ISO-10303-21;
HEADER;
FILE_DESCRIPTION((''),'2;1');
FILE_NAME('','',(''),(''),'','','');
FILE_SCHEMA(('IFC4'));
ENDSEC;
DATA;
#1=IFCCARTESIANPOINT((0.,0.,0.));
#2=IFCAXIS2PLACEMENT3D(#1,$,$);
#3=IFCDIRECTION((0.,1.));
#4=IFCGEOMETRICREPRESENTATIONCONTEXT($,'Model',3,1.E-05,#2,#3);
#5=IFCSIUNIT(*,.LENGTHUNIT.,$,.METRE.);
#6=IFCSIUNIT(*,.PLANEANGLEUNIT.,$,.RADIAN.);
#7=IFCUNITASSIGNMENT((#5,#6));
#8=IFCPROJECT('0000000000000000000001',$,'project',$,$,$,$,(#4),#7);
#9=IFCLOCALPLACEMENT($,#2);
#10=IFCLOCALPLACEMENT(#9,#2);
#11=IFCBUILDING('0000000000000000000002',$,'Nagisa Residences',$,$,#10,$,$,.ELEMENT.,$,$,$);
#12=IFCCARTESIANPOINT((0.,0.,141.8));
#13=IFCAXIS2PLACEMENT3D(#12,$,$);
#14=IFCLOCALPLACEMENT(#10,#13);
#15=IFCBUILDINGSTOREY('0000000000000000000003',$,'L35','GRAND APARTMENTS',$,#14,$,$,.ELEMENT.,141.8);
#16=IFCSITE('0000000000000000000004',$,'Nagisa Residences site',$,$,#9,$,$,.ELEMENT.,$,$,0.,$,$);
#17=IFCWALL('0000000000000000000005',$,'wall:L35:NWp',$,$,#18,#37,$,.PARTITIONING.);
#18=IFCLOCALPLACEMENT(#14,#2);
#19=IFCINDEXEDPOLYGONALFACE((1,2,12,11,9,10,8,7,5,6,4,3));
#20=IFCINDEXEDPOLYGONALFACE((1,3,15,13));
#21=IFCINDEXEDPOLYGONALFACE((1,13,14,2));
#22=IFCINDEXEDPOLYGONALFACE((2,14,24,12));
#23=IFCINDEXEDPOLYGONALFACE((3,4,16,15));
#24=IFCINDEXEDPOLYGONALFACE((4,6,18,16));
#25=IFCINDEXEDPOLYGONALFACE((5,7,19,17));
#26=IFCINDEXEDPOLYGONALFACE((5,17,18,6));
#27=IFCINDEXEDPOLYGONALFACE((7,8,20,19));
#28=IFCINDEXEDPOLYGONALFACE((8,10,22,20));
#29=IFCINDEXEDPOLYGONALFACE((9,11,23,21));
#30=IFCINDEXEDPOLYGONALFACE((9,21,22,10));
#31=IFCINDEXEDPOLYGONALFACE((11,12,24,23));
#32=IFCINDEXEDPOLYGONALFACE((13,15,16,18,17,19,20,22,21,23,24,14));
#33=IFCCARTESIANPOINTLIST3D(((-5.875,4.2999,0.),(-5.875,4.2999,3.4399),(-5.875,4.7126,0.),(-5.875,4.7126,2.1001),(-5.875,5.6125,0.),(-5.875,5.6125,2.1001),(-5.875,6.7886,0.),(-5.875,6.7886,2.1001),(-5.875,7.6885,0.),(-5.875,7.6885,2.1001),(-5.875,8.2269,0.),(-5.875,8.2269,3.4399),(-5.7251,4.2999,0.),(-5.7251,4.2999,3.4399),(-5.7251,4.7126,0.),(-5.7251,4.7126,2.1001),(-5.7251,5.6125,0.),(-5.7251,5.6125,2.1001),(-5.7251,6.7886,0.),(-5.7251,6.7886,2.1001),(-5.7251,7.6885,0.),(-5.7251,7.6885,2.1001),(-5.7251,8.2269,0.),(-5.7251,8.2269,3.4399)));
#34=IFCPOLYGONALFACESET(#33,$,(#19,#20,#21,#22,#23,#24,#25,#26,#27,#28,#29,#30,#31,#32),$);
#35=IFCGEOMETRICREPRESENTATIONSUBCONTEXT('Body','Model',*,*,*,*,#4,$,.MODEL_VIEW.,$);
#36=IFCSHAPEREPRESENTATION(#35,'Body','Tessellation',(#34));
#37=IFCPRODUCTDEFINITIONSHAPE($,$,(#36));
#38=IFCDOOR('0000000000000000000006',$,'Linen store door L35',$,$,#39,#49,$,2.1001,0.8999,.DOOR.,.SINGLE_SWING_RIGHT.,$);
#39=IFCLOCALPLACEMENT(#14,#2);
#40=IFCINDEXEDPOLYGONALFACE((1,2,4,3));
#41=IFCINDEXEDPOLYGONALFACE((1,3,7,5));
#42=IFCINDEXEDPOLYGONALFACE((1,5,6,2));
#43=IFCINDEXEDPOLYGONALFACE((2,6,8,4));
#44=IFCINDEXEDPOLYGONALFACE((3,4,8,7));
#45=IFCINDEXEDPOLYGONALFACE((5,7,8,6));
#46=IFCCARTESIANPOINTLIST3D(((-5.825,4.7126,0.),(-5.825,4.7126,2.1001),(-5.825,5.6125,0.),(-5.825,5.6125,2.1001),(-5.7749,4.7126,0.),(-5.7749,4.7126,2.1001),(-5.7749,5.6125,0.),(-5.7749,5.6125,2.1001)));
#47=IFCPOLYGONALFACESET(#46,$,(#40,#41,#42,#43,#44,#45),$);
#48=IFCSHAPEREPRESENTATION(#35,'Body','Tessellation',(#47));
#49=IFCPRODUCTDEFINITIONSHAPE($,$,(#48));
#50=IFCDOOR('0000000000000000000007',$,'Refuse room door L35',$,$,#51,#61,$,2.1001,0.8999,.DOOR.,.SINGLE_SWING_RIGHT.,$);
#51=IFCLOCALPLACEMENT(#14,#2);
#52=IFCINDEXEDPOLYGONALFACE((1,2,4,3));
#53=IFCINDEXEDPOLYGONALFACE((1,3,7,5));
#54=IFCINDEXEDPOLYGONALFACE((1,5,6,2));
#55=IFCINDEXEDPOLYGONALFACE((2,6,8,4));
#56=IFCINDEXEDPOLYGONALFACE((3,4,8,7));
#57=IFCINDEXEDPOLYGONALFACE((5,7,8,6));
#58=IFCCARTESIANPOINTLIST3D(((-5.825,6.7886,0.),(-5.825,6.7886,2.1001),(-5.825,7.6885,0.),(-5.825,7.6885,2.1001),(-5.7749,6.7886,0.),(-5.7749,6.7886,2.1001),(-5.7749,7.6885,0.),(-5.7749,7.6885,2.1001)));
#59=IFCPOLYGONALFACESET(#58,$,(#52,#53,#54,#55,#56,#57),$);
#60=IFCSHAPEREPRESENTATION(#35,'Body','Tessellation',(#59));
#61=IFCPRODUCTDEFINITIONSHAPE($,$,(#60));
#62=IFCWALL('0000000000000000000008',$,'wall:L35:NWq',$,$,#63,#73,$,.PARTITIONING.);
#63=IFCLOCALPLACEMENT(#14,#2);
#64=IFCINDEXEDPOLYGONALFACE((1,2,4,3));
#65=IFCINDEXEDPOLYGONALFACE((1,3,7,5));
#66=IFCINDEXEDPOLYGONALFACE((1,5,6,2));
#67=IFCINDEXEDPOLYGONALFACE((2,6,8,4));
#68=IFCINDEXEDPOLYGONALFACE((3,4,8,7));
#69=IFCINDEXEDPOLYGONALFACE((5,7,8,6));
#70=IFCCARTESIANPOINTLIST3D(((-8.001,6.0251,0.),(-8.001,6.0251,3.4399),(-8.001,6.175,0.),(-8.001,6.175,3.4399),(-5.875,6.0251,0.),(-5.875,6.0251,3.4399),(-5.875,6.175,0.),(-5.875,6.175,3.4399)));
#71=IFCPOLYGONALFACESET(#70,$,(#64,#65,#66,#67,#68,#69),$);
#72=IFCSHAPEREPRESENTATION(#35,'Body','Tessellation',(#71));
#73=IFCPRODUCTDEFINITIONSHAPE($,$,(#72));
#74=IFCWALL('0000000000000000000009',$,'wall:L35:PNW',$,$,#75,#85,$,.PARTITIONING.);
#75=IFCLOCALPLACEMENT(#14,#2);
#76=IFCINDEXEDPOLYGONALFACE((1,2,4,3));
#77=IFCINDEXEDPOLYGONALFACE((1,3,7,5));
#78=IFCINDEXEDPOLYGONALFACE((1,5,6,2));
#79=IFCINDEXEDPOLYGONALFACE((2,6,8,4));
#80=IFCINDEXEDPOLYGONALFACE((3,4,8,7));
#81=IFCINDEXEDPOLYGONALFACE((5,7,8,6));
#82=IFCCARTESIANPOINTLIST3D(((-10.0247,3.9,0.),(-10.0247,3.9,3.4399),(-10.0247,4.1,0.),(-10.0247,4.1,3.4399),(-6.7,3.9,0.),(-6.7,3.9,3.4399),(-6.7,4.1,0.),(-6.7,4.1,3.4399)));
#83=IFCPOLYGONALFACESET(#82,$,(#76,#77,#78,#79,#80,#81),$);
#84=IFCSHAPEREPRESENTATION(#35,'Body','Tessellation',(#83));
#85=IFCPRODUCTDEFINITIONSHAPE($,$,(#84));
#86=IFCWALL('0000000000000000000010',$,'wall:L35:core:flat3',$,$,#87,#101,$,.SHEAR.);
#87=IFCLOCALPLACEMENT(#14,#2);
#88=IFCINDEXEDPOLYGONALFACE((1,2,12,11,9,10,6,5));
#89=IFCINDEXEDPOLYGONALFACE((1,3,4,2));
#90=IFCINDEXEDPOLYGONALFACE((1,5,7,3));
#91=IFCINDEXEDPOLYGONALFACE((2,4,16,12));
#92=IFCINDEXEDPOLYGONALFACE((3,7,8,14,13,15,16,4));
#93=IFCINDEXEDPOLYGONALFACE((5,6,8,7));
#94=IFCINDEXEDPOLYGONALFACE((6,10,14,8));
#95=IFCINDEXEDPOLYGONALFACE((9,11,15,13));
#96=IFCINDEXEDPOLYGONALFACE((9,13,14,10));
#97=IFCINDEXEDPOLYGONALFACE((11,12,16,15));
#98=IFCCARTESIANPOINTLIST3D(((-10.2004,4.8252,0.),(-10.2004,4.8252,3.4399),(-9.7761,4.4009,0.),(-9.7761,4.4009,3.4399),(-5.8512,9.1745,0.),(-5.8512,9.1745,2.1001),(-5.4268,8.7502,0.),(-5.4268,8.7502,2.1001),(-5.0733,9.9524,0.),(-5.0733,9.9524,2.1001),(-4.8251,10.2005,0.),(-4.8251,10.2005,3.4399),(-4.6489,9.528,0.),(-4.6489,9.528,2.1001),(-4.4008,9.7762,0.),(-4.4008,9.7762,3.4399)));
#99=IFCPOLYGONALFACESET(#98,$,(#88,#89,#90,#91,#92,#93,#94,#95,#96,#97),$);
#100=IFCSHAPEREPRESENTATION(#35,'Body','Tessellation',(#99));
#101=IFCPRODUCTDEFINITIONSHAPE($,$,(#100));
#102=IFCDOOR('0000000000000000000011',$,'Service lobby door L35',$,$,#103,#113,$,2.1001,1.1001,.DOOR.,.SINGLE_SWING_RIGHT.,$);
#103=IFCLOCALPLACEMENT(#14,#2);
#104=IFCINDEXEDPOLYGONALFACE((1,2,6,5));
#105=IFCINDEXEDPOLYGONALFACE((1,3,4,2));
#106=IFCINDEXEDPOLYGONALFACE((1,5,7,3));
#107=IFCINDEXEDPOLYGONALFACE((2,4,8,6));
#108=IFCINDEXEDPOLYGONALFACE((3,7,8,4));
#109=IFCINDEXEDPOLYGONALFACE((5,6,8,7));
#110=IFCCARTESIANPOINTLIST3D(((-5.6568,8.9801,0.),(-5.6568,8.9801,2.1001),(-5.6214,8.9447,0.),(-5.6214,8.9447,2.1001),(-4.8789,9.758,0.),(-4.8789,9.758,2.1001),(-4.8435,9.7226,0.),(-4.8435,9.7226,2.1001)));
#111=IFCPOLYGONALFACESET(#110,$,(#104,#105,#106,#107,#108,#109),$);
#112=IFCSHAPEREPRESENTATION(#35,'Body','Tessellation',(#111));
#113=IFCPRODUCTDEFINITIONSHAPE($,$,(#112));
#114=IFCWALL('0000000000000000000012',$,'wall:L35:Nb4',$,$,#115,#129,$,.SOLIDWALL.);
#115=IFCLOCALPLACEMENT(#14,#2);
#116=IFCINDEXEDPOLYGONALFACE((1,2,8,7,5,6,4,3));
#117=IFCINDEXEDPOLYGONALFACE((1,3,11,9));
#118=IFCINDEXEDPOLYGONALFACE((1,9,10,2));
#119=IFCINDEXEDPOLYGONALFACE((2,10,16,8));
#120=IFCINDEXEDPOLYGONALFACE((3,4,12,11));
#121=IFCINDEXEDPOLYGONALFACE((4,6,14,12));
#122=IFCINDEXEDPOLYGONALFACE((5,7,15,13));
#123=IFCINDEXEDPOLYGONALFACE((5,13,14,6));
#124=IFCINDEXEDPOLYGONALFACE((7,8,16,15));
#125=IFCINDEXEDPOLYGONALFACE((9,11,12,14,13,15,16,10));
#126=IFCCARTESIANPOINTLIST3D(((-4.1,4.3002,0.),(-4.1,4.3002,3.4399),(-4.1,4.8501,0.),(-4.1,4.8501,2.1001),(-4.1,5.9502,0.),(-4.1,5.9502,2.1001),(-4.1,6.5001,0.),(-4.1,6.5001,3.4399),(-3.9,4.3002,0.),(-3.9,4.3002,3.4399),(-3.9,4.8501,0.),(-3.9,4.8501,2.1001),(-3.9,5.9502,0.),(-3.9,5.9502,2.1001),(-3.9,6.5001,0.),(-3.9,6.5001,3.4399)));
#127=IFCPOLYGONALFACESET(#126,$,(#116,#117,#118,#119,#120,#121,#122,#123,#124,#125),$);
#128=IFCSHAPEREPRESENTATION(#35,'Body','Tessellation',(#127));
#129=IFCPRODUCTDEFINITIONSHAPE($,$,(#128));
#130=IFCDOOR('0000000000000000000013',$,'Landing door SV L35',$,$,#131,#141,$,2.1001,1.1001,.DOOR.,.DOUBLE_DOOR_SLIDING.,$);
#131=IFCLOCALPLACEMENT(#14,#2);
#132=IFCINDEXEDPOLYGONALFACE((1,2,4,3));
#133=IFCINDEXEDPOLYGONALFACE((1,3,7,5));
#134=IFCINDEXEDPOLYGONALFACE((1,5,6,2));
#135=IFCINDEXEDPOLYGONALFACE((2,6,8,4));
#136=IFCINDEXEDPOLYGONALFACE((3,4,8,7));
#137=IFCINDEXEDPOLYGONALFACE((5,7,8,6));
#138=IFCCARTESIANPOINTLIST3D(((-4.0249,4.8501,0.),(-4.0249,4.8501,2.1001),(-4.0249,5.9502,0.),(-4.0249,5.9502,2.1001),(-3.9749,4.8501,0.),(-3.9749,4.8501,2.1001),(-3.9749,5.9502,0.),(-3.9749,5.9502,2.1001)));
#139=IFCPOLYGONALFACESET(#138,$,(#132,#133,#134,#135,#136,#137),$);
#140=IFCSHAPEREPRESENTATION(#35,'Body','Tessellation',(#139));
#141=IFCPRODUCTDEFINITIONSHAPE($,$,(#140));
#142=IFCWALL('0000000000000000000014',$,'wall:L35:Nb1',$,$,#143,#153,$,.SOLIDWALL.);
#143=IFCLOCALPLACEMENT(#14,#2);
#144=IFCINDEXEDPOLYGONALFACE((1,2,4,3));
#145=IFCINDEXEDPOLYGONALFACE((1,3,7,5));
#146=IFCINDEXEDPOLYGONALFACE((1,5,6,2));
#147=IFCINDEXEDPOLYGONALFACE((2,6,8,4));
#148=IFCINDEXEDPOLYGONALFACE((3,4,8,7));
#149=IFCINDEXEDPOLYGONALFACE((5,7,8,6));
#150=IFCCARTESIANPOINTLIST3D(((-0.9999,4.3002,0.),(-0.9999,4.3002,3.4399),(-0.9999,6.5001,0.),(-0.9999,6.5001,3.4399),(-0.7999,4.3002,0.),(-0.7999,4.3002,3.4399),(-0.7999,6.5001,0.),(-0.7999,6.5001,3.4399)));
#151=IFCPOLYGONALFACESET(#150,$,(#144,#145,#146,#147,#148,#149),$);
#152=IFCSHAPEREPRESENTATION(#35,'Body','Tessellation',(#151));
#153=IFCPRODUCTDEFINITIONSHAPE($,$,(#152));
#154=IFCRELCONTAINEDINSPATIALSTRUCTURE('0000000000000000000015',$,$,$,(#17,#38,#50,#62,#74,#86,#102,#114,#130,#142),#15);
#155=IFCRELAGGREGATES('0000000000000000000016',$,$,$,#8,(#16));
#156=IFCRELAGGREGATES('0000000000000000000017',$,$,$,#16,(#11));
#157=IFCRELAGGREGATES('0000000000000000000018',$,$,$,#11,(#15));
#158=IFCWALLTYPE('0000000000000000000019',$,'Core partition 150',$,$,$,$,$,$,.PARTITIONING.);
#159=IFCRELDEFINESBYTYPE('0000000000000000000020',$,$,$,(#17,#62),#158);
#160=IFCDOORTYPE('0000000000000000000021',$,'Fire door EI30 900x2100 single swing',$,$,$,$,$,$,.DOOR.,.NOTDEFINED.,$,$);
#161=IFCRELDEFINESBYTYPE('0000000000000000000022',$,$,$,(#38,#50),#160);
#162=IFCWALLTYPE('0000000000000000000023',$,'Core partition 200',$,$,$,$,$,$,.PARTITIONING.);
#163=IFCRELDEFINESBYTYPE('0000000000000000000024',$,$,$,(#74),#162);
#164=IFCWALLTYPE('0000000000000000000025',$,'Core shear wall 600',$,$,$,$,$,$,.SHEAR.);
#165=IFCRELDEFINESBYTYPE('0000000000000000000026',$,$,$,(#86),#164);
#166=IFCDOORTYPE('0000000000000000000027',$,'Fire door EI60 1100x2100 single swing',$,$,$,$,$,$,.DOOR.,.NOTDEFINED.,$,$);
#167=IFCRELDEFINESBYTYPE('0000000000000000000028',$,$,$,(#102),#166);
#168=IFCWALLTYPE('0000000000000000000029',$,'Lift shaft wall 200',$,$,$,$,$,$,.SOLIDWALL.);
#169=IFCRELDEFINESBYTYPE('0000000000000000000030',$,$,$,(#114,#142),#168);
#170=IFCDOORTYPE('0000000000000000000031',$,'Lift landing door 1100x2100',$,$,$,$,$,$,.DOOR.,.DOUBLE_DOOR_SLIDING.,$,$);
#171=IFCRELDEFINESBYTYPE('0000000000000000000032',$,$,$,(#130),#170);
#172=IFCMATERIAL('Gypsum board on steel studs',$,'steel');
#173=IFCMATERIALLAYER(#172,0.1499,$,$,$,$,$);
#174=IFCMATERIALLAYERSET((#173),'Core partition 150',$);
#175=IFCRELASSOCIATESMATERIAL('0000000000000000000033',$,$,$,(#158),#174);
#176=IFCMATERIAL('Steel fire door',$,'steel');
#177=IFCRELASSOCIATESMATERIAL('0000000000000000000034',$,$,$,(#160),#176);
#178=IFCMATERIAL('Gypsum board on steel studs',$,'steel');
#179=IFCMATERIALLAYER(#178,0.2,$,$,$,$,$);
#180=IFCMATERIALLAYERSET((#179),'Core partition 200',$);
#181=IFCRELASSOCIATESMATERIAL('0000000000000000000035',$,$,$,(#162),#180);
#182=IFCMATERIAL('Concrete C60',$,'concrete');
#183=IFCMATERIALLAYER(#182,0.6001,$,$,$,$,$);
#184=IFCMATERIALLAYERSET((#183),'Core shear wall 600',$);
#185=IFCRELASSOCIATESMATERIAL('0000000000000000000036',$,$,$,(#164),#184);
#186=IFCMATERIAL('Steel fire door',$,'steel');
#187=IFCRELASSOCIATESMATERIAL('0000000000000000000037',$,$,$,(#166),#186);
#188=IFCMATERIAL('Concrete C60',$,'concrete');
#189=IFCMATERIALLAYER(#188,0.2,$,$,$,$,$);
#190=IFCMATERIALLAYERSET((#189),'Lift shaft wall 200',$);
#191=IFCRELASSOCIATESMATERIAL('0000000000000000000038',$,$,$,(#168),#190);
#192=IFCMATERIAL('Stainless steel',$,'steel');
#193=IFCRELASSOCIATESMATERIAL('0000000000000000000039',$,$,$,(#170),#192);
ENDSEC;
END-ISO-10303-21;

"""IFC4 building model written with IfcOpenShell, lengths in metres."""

from ifc_helpers import new_model, si_unit, direction, frame, frame_2d, origin, place, context, subcontext, project, spatial, rectangle, extrude, material, layer, layer_set, type_object, element, fill, save


model = new_model("IFC4")

# Units and contexts
model_context = context("Model", 3, precision=1e-05, world=origin(), true_north=direction((0.0, 1.0)))
body_context = subcontext(model_context, "Body", "Model", "MODEL_VIEW")
ifc_project = project(units=[si_unit("LENGTHUNIT", "METRE"), si_unit("PLANEANGLEUNIT", "RADIAN")], contexts=[model_context])

# Site, building, storey
site_placement = place(None, origin())
site = spatial("IfcSite", under=ifc_project, at=site_placement, Name="Nagisa Residences site", CompositionType="ELEMENT", RefElevation=0.0)
building_placement = place(site_placement, origin())
building = spatial("IfcBuilding", under=site, at=building_placement, Name="Nagisa Residences", CompositionType="ELEMENT")
storey_placement = place(building_placement, frame((0.0, 0.0, 141.8)))
storey = spatial("IfcBuildingStorey", under=building, at=storey_placement, Name="L35", Description="GRAND APARTMENTS", CompositionType="ELEMENT", Elevation=141.8)

# Wall, openings, doors
ifc_material_1 = material(Name="Gypsum board on steel studs", Category="steel")
ifc_layer_1 = layer(ifc_material_1, 0.1499)
ifc_layer_set_1 = layer_set([ifc_layer_1], Name="Core partition 150")
wall_type_1 = type_object("IfcWallType", Name="Core partition 150", PredefinedType="PARTITIONING", material=ifc_layer_set_1)
wall_1_placement = place(storey_placement, frame((-5.8, 4.3, 0.0), z_axis=(0.0, 0.0, 1.0), x_axis=(0.0, 1.0, 0.0)))
wall_1 = element("IfcWall", 1, at=wall_1_placement, inside=storey, type_object=wall_type_1, Name="wall:L35:NWp", PredefinedType="PARTITIONING", context=body_context, shape_type="SweptSolid", body=[
    extrude(rectangle(XDim=3.927, YDim=0.1499, at=frame_2d((1.9634, 0.0))), origin(), (0.0, 0.0, 1.0), 3.4399),
])
opening_1_placement = place(wall_1_placement, frame((0.4126, 0.0, 0.0)))
opening_1 = element("IfcOpeningElement", 2, at=opening_1_placement, cuts=wall_1, PredefinedType="OPENING", context=body_context, shape_type="SweptSolid", body=[
    extrude(rectangle(XDim=0.8999, YDim=2.1001, at=frame_2d((0.45, 1.05))), frame((0.0, 0.085, 0.0), z_axis=(0.0, -1.0, 0.0), x_axis=(1.0, 0.0, 0.0)), (0.0, 0.0, 1.0), 0.1699),
])
opening_2_placement = place(wall_1_placement, frame((2.4885, 0.0, 0.0)))
opening_2 = element("IfcOpeningElement", 3, at=opening_2_placement, cuts=wall_1, PredefinedType="OPENING", context=body_context, shape_type="SweptSolid", body=[
    extrude(rectangle(XDim=0.8999, YDim=2.1001, at=frame_2d((0.45, 1.05))), frame((0.0, 0.085, 0.0), z_axis=(0.0, -1.0, 0.0), x_axis=(1.0, 0.0, 0.0)), (0.0, 0.0, 1.0), 0.1699),
])
ifc_material_2 = material(Name="Steel fire door", Category="steel")
door_type_1 = type_object("IfcDoorType", Name="Fire door EI30 900x2100 single swing", OperationType="NOTDEFINED", PredefinedType="DOOR", material=ifc_material_2)
door_1_placement = place(opening_1_placement, origin())
door_1 = element("IfcDoor", 4, at=door_1_placement, inside=storey, type_object=door_type_1, Name="Linen store door L35", OperationType="SINGLE_SWING_RIGHT", OverallHeight=2.1001, OverallWidth=0.8999, PredefinedType="DOOR", context=body_context, shape_type="SweptSolid", body=[
    extrude(rectangle(XDim=0.8999, YDim=2.1001, at=frame_2d((0.45, 1.05))), frame((0.0, 0.0249, 0.0), z_axis=(0.0, -1.0, 0.0), x_axis=(1.0, 0.0, 0.0)), (0.0, 0.0, 1.0), 0.05),
])
fill(opening_1, door_1)
door_2_placement = place(opening_2_placement, origin())
door_2 = element("IfcDoor", 5, at=door_2_placement, inside=storey, type_object=door_type_1, Name="Refuse room door L35", OperationType="SINGLE_SWING_RIGHT", OverallHeight=2.1001, OverallWidth=0.8999, PredefinedType="DOOR", context=body_context, shape_type="SweptSolid", body=[
    extrude(rectangle(XDim=0.8999, YDim=2.1001, at=frame_2d((0.45, 1.05))), frame((0.0, 0.0249, 0.0), z_axis=(0.0, -1.0, 0.0), x_axis=(1.0, 0.0, 0.0)), (0.0, 0.0, 1.0), 0.05),
])
fill(opening_2, door_2)

# Walls
wall_2_placement = place(storey_placement, frame((-8.001, 6.1001, 0.0), z_axis=(0.0, 0.0, 1.0), x_axis=(1.0, 0.0, 0.0)))
element("IfcWall", 6, at=wall_2_placement, inside=storey, type_object=wall_type_1, Name="wall:L35:NWq", PredefinedType="PARTITIONING", context=body_context, shape_type="SweptSolid", body=[
    extrude(rectangle(XDim=2.126, YDim=0.1499, at=frame_2d((1.063, 0.0))), origin(), (0.0, 0.0, 1.0), 3.4399),
])
ifc_material_3 = material(Name="Gypsum board on steel studs", Category="steel")
ifc_layer_2 = layer(ifc_material_3, 0.2)
ifc_layer_set_2 = layer_set([ifc_layer_2], Name="Core partition 200")
wall_type_2 = type_object("IfcWallType", Name="Core partition 200", PredefinedType="PARTITIONING", material=ifc_layer_set_2)
wall_3_placement = place(storey_placement, frame((-10.0247, 4.0, 0.0), z_axis=(0.0, 0.0, 1.0), x_axis=(1.0, 0.0, 0.0)))
element("IfcWall", 7, at=wall_3_placement, inside=storey, type_object=wall_type_2, Name="wall:L35:PNW", PredefinedType="PARTITIONING", context=body_context, shape_type="SweptSolid", body=[
    extrude(rectangle(XDim=3.3247, YDim=0.2, at=frame_2d((1.6624, 0.0))), origin(), (0.0, 0.0, 1.0), 3.4399),
])

# Walls, openings, doors
ifc_material_4 = material(Name="Concrete C60", Category="concrete")
ifc_layer_3 = layer(ifc_material_4, 0.6001)
ifc_layer_set_3 = layer_set([ifc_layer_3], Name="Core shear wall 600")
wall_type_3 = type_object("IfcWallType", Name="Core shear wall 600", PredefinedType="SHEAR", material=ifc_layer_set_3)
wall_4_placement = place(storey_placement, frame((-4.613, 9.9883, 0.0), z_axis=(0.0, 0.0, 1.0), x_axis=(-0.707107, -0.707107, 0.0)))
wall_4 = element("IfcWall", 8, at=wall_4_placement, inside=storey, type_object=wall_type_3, Name="wall:L35:core:flat3", PredefinedType="SHEAR", context=body_context, shape_type="SweptSolid", body=[
    extrude(rectangle(XDim=7.6018, YDim=0.6001, at=frame_2d((3.8008, 0.0))), origin(), (0.0, 0.0, 1.0), 3.4399),
])
opening_3_placement = place(wall_4_placement, frame((0.3508, 0.0, 0.0)))
opening_3 = element("IfcOpeningElement", 9, at=opening_3_placement, cuts=wall_4, PredefinedType="OPENING", context=body_context, shape_type="SweptSolid", body=[
    extrude(rectangle(XDim=1.1001, YDim=2.1001, at=frame_2d((0.55, 1.05))), frame((0.0, 0.3101, 0.0), z_axis=(0.0, -1.0, 0.0), x_axis=(1.0, 0.0, 0.0)), (0.0, 0.0, 1.0), 0.6201),
])
ifc_material_5 = material(Name="Steel fire door", Category="steel")
door_type_2 = type_object("IfcDoorType", Name="Fire door EI60 1100x2100 single swing", OperationType="NOTDEFINED", PredefinedType="DOOR", material=ifc_material_5)
door_3_placement = place(opening_3_placement, origin())
door_3 = element("IfcDoor", 10, at=door_3_placement, inside=storey, type_object=door_type_2, Name="Service lobby door L35", OperationType="SINGLE_SWING_RIGHT", OverallHeight=2.1001, OverallWidth=1.1001, PredefinedType="DOOR", context=body_context, shape_type="SweptSolid", body=[
    extrude(rectangle(XDim=1.1001, YDim=2.1001, at=frame_2d((0.55, 1.05))), frame((0.0, 0.0249, 0.0), z_axis=(0.0, -1.0, 0.0), x_axis=(1.0, 0.0, 0.0)), (0.0, 0.0, 1.0), 0.05),
])
fill(opening_3, door_3)
ifc_material_6 = material(Name="Concrete C60", Category="concrete")
ifc_layer_4 = layer(ifc_material_6, 0.2)
ifc_layer_set_4 = layer_set([ifc_layer_4], Name="Lift shaft wall 200")
wall_type_4 = type_object("IfcWallType", Name="Lift shaft wall 200", PredefinedType="SOLIDWALL", material=ifc_layer_set_4)
wall_5_placement = place(storey_placement, frame((-4.0, 4.3, 0.0), z_axis=(0.0, 0.0, 1.0), x_axis=(0.0, 1.0, 0.0)))
wall_5 = element("IfcWall", 11, at=wall_5_placement, inside=storey, type_object=wall_type_4, Name="wall:L35:Nb4", PredefinedType="SOLIDWALL", context=body_context, shape_type="SweptSolid", body=[
    extrude(rectangle(XDim=2.2, YDim=0.2, at=frame_2d((1.1001, 0.0))), origin(), (0.0, 0.0, 1.0), 3.4399),
])
opening_4_placement = place(wall_5_placement, frame((0.55, 0.0, 0.0)))
opening_4 = element("IfcOpeningElement", 12, at=opening_4_placement, cuts=wall_5, PredefinedType="OPENING", context=body_context, shape_type="SweptSolid", body=[
    extrude(rectangle(XDim=1.1001, YDim=2.1001, at=frame_2d((0.55, 1.05))), frame((0.0, 0.1099, 0.0), z_axis=(0.0, -1.0, 0.0), x_axis=(1.0, 0.0, 0.0)), (0.0, 0.0, 1.0), 0.22),
])
ifc_material_7 = material(Name="Stainless steel", Category="steel")
door_type_3 = type_object("IfcDoorType", Name="Lift landing door 1100x2100", OperationType="DOUBLE_DOOR_SLIDING", PredefinedType="DOOR", material=ifc_material_7)
door_4_placement = place(opening_4_placement, origin())
door_4 = element("IfcDoor", 13, at=door_4_placement, inside=storey, type_object=door_type_3, Name="Landing door SV L35", OperationType="DOUBLE_DOOR_SLIDING", OverallHeight=2.1001, OverallWidth=1.1001, PredefinedType="DOOR", context=body_context, shape_type="SweptSolid", body=[
    extrude(rectangle(XDim=1.1001, YDim=2.1001, at=frame_2d((0.55, 1.05))), frame((0.0, 0.0249, 0.0), z_axis=(0.0, -1.0, 0.0), x_axis=(1.0, 0.0, 0.0)), (0.0, 0.0, 1.0), 0.05),
])
fill(opening_4, door_4)

# Wall
wall_6_placement = place(storey_placement, frame((-0.8999, 4.3, 0.0), z_axis=(0.0, 0.0, 1.0), x_axis=(0.0, 1.0, 0.0)))
element("IfcWall", 14, at=wall_6_placement, inside=storey, type_object=wall_type_4, Name="wall:L35:Nb1", PredefinedType="SOLIDWALL", context=body_context, shape_type="SweptSolid", body=[
    extrude(rectangle(XDim=2.2, YDim=0.2, at=frame_2d((1.1001, 0.0))), origin(), (0.0, 0.0, 1.0), 3.4399),
])

save(model, "model.ifc")
